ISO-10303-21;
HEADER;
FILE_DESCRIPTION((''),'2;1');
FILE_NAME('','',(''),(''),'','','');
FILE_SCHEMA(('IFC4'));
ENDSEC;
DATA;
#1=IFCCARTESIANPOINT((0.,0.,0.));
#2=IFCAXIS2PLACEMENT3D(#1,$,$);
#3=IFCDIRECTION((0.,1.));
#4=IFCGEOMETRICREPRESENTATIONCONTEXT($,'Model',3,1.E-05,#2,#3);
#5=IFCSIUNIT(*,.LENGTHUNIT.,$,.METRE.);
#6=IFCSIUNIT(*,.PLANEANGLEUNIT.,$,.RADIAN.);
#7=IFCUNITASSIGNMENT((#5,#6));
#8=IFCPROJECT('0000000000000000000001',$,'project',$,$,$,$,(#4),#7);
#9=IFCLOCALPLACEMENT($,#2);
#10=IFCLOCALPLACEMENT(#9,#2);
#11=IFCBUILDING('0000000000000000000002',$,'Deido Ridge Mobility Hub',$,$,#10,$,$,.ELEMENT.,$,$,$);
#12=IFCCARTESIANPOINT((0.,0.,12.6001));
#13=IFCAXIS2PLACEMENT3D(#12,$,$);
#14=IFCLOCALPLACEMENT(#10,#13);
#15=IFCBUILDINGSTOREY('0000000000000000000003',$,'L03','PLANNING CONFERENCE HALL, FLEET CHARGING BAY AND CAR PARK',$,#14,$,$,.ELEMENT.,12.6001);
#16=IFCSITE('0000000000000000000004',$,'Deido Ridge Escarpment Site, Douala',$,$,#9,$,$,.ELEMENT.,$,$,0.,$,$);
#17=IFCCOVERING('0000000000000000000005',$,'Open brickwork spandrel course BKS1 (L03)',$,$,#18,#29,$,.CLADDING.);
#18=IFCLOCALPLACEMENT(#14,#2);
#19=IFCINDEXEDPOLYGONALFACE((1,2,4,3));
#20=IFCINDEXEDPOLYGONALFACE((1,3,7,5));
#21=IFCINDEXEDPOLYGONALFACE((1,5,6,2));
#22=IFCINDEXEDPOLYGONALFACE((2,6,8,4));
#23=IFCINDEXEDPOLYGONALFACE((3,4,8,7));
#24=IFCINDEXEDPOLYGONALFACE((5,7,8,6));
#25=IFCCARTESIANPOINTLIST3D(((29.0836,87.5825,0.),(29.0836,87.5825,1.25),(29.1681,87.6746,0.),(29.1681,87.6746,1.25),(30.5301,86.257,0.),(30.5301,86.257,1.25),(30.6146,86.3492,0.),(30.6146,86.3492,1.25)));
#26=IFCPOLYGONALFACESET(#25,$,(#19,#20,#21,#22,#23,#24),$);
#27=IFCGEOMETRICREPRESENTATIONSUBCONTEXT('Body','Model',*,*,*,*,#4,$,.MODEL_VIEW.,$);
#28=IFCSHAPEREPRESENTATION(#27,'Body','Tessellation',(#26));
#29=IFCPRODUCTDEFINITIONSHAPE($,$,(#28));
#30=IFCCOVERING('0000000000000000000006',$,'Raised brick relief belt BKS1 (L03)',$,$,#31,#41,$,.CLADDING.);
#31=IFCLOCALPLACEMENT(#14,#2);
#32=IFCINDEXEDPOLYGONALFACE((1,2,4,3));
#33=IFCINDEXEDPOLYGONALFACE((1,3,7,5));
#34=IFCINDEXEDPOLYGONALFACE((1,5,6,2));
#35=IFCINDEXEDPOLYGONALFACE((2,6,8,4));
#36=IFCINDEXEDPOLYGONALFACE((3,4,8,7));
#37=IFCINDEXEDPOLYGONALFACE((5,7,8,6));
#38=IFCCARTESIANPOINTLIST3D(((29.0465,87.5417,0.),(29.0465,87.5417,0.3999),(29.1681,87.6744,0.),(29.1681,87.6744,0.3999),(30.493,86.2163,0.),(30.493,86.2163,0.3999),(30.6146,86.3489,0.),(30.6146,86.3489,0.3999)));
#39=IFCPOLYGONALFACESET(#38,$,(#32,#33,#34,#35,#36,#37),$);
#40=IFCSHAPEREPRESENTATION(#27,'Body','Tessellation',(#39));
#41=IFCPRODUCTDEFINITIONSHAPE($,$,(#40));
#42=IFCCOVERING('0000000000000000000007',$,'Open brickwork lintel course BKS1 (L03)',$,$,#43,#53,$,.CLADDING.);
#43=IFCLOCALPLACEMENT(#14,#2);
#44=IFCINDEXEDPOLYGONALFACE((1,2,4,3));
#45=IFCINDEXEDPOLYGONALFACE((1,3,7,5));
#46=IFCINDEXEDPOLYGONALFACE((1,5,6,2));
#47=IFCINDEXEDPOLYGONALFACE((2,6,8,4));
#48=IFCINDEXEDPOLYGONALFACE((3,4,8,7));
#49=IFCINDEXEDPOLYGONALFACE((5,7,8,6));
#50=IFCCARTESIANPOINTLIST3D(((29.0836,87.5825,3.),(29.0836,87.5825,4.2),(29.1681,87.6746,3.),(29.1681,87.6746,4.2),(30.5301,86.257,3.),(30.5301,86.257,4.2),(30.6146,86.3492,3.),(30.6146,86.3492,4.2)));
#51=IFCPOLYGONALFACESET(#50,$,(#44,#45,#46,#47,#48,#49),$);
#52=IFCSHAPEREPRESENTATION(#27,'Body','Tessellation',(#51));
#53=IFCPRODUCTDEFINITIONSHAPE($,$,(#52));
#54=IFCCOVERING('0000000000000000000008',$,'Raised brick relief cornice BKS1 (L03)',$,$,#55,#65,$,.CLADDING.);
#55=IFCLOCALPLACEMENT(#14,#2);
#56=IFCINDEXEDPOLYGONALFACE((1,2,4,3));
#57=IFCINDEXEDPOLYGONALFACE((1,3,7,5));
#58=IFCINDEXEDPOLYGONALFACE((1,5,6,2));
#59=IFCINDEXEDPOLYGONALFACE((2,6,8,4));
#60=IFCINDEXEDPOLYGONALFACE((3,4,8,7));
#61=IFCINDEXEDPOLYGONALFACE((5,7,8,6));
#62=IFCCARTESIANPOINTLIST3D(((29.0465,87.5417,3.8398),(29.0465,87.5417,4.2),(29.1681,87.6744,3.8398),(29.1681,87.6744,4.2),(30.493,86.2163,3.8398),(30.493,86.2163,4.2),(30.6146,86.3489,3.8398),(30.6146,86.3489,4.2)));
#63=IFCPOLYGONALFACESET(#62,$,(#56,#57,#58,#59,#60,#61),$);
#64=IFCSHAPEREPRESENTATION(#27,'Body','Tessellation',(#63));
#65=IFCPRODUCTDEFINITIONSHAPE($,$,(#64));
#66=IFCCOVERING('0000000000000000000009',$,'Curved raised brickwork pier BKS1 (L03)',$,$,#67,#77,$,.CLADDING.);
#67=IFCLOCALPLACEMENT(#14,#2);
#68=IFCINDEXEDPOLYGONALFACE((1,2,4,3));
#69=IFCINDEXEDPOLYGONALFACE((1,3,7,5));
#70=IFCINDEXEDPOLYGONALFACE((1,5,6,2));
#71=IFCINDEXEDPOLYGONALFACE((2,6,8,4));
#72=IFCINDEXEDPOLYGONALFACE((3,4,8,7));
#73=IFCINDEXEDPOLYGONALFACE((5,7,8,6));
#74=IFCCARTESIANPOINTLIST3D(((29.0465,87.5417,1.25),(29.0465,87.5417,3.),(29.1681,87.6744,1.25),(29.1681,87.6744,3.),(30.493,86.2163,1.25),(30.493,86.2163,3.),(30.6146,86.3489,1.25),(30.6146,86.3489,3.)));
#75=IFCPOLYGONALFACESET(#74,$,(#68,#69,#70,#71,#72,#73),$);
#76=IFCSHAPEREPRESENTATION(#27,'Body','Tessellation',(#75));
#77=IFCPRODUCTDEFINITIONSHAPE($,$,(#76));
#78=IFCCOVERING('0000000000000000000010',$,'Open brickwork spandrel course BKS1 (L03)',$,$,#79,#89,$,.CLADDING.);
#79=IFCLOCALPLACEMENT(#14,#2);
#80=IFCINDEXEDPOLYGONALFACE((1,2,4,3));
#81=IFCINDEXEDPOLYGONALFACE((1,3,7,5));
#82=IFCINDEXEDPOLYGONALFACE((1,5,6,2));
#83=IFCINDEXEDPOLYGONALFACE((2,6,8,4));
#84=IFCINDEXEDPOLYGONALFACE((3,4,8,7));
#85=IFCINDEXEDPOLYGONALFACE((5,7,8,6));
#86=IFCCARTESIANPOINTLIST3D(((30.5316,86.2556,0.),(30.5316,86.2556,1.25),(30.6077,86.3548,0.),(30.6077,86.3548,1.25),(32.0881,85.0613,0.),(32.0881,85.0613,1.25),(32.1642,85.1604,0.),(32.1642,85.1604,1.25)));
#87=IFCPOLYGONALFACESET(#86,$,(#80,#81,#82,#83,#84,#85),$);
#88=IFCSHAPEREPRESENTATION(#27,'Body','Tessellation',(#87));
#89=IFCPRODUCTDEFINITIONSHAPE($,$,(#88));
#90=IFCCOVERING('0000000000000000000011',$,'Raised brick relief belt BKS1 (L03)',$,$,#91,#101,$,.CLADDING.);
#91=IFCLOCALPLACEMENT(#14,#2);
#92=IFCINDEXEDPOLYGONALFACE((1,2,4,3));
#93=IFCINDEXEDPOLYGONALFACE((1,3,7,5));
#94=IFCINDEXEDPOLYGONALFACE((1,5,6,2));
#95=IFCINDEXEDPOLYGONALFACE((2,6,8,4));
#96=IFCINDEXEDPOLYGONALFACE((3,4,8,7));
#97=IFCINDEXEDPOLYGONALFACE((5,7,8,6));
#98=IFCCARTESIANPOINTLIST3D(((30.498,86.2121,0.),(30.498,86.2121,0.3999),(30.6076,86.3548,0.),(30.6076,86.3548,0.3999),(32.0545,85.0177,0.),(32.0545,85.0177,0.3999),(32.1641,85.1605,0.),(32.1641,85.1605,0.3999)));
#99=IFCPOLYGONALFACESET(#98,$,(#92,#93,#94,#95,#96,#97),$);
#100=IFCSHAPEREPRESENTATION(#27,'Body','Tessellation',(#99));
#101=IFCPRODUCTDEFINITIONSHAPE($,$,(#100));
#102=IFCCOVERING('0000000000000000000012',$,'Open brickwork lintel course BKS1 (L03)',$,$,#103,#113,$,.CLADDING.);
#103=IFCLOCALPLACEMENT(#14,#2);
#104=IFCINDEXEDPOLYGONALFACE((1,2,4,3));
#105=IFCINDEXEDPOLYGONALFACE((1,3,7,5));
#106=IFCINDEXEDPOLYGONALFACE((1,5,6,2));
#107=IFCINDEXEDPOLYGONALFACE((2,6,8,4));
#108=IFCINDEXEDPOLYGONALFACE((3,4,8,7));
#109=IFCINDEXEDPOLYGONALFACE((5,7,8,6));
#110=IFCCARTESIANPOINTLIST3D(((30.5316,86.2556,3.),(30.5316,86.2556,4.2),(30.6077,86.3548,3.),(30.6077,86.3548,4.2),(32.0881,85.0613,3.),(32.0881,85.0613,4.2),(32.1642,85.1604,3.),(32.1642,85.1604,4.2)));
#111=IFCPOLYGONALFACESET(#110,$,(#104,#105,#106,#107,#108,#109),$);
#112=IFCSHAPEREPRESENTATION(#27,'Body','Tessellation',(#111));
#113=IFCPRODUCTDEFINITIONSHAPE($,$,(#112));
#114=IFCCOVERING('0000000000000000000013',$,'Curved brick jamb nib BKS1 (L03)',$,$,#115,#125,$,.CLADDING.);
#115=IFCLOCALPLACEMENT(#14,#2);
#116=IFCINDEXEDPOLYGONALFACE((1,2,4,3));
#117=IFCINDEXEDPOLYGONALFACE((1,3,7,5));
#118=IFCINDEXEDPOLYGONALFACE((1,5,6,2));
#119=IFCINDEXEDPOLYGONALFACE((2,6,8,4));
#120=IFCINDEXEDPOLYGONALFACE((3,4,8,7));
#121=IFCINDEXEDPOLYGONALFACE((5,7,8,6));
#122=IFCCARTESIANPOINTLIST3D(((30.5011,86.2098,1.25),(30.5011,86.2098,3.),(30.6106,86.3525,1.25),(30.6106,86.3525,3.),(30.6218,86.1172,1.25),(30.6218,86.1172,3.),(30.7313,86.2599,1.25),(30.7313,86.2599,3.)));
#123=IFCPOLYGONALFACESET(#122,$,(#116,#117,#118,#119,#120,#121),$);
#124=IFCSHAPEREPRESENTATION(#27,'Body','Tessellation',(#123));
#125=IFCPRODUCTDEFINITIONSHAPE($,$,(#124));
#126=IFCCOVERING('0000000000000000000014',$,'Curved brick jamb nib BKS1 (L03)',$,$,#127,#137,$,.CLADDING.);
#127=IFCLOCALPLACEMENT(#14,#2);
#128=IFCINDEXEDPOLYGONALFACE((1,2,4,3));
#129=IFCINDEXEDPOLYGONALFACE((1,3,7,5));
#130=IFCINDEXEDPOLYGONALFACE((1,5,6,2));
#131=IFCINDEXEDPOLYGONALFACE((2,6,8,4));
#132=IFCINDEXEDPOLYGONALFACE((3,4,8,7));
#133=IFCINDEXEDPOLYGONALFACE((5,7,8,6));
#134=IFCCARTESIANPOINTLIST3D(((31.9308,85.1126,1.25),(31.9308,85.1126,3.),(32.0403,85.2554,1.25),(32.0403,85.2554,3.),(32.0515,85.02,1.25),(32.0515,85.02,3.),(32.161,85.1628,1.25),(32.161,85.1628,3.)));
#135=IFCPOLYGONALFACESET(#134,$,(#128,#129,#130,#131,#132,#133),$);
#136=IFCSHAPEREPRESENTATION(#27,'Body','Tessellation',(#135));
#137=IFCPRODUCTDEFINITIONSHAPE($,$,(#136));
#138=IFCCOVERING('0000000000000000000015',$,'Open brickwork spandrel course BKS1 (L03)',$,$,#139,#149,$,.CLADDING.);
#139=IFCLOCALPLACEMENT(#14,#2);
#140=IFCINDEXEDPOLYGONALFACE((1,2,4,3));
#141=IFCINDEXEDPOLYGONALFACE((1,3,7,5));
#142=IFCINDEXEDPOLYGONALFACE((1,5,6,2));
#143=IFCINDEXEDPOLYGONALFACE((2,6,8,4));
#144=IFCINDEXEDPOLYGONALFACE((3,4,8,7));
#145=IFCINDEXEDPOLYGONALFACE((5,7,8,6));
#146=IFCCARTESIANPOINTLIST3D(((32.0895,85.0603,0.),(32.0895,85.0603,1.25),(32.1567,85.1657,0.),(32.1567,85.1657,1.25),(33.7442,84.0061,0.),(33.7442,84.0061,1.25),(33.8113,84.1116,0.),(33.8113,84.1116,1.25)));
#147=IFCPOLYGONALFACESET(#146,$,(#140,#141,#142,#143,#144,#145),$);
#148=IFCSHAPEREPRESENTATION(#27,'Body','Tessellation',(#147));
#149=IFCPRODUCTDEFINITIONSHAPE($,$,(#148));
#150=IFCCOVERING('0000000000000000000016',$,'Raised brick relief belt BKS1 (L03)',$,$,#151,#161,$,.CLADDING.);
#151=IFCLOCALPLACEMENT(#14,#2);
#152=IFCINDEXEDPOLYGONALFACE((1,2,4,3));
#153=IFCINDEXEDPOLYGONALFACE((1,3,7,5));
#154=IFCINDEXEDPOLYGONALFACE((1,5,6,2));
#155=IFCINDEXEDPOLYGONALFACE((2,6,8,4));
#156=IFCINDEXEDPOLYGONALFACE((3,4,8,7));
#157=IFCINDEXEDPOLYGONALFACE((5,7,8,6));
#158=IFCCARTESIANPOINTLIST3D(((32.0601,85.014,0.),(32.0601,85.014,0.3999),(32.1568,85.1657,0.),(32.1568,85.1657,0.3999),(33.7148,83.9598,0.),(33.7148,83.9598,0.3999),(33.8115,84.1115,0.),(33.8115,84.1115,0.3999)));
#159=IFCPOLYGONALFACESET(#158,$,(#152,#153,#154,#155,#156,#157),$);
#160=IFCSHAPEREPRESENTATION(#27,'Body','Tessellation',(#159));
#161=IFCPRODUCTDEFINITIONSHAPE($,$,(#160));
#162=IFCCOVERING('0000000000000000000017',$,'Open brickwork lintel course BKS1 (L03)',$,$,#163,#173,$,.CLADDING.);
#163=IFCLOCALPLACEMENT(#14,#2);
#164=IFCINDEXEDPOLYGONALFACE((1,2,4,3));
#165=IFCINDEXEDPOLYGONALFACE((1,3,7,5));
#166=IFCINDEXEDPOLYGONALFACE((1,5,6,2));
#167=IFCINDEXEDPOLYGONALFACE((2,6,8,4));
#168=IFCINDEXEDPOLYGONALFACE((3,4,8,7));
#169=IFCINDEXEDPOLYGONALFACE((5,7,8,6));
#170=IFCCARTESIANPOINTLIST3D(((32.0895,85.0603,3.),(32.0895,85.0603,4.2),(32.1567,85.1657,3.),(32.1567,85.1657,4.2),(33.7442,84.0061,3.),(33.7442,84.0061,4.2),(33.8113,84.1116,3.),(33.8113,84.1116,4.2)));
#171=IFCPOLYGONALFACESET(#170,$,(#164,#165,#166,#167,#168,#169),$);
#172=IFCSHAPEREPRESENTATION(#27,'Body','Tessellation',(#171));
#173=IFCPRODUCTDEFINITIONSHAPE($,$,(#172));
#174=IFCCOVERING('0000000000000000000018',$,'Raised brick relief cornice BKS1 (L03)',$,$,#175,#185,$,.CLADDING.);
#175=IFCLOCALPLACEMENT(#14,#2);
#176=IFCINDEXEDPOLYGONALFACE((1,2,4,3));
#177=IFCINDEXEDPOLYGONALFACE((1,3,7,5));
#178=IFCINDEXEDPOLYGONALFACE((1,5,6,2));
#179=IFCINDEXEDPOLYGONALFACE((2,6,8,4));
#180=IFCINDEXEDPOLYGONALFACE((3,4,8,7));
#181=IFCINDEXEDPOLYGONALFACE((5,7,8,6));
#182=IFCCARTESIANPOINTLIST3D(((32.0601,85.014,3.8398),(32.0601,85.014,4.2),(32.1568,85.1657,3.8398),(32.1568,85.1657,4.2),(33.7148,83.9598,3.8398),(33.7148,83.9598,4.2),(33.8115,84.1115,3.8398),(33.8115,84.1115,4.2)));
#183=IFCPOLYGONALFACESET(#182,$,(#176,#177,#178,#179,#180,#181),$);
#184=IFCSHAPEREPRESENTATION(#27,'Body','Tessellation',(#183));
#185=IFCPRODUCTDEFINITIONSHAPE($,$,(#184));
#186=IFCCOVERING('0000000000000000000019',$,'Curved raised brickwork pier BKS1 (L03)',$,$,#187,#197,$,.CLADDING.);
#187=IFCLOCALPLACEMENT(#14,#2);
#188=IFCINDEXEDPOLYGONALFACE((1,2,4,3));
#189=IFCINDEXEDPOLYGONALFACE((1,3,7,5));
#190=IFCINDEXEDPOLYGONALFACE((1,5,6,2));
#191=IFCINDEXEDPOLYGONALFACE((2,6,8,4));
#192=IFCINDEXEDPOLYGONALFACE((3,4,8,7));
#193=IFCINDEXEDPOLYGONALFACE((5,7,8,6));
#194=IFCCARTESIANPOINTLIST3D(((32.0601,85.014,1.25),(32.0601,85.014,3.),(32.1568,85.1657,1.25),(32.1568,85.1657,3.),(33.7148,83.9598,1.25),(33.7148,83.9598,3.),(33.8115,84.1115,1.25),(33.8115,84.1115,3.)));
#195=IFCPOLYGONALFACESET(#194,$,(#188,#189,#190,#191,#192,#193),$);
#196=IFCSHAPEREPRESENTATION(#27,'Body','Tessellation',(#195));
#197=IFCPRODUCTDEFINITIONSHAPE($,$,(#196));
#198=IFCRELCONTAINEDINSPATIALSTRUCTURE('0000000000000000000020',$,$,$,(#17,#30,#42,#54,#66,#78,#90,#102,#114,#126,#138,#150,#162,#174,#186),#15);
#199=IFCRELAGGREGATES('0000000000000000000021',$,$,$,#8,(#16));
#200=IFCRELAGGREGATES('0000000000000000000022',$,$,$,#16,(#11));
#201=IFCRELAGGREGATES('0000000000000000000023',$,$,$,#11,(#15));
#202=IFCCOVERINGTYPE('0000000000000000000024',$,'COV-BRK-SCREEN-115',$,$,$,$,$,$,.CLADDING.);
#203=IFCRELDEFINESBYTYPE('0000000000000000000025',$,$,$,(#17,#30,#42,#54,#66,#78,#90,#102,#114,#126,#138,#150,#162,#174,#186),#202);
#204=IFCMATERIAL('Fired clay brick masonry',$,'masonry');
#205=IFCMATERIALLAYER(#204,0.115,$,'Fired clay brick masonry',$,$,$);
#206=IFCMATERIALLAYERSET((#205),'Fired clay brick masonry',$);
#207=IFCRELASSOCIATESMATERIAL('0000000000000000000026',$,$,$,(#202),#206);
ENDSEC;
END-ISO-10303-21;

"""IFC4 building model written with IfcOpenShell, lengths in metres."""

from ifc_helpers import new_model, si_unit, direction, frame, origin, origin_2d, place, context, subcontext, project, spatial, rectangle, extrude, material, layer, layer_set, type_object, element, save


model = new_model("IFC4")

# Units and contexts
model_context = context("Model", 3, precision=1e-05, world=origin(), true_north=direction((0.0, 1.0)))
body_context = subcontext(model_context, "Body", "Model", "MODEL_VIEW")
ifc_project = project(units=[si_unit("LENGTHUNIT", "METRE"), si_unit("PLANEANGLEUNIT", "RADIAN")], contexts=[model_context])

# Site, building, storey
site_placement = place(None, origin())
site = spatial("IfcSite", under=ifc_project, at=site_placement, Name="Deido Ridge Escarpment Site, Douala", CompositionType="ELEMENT", RefElevation=0.0)
building_placement = place(site_placement, origin())
building = spatial("IfcBuilding", under=site, at=building_placement, Name="Deido Ridge Mobility Hub", CompositionType="ELEMENT")
storey_placement = place(building_placement, frame((0.0, 0.0, 12.6001)))
storey = spatial("IfcBuildingStorey", under=building, at=storey_placement, Name="L03", Description="PLANNING CONFERENCE HALL, FLEET CHARGING BAY AND CAR PARK", CompositionType="ELEMENT", Elevation=12.6001)

# Coverings
ifc_material_1 = material(Name="Fired clay brick masonry", Category="masonry")
ifc_layer_1 = layer(ifc_material_1, 0.115, Name="Fired clay brick masonry")
ifc_layer_set_1 = layer_set([ifc_layer_1], Name="Fired clay brick masonry")
covering_type = type_object("IfcCoveringType", Name="COV-BRK-SCREEN-115", PredefinedType="CLADDING", material=ifc_layer_set_1)
covering_1_placement = place(storey_placement, frame((29.8491, 86.9658, 0.0), z_axis=(0.0, 0.0, 1.0), x_axis=(0.737289, -0.675577, 0.0)))
element("IfcCovering", 1, at=covering_1_placement, inside=storey, type_object=covering_type, Name="Open brickwork spandrel course BKS1 (L03)", PredefinedType="CLADDING", context=body_context, shape_type="SweptSolid", body=[
    extrude(rectangle(XDim=1.9619, YDim=0.125, at=origin_2d()), origin(), (0.0, 0.0, 1.0), 1.25),
])
covering_2_placement = place(storey_placement, frame((29.8306, 86.9453, 0.0), z_axis=(0.0, 0.0, 1.0), x_axis=(0.737289, -0.675577, 0.0)))
element("IfcCovering", 2, at=covering_2_placement, inside=storey, type_object=covering_type, Name="Raised brick relief belt BKS1 (L03)", PredefinedType="CLADDING", context=body_context, shape_type="SweptSolid", body=[
    extrude(rectangle(XDim=1.9619, YDim=0.1799, at=origin_2d()), origin(), (0.0, 0.0, 1.0), 0.3999),
])
covering_3_placement = place(storey_placement, frame((29.8491, 86.9658, 3.0), z_axis=(0.0, 0.0, 1.0), x_axis=(0.737289, -0.675577, 0.0)))
element("IfcCovering", 3, at=covering_3_placement, inside=storey, type_object=covering_type, Name="Open brickwork lintel course BKS1 (L03)", PredefinedType="CLADDING", context=body_context, shape_type="SweptSolid", body=[
    extrude(rectangle(XDim=1.9619, YDim=0.125, at=origin_2d()), origin(), (0.0, 0.0, 1.0), 1.2),
])
covering_4_placement = place(storey_placement, frame((29.8306, 86.9453, 3.8398), z_axis=(0.0, 0.0, 1.0), x_axis=(0.737289, -0.675577, 0.0)))
element("IfcCovering", 4, at=covering_4_placement, inside=storey, type_object=covering_type, Name="Raised brick relief cornice BKS1 (L03)", PredefinedType="CLADDING", context=body_context, shape_type="SweptSolid", body=[
    extrude(rectangle(XDim=1.9619, YDim=0.1799, at=origin_2d()), origin(), (0.0, 0.0, 1.0), 0.3601),
])
covering_5_placement = place(storey_placement, frame((29.8306, 86.9453, 1.25), z_axis=(0.0, 0.0, 1.0), x_axis=(0.737289, -0.675577, 0.0)))
element("IfcCovering", 5, at=covering_5_placement, inside=storey, type_object=covering_type, Name="Curved raised brickwork pier BKS1 (L03)", PredefinedType="CLADDING", context=body_context, shape_type="SweptSolid", body=[
    extrude(rectangle(XDim=1.9619, YDim=0.1799, at=origin_2d()), origin(), (0.0, 0.0, 1.0), 1.75),
])
covering_6_placement = place(storey_placement, frame((31.3479, 85.708, 0.0), z_axis=(0.0, 0.0, 1.0), x_axis=(0.793353, -0.608761, 0.0)))
element("IfcCovering", 6, at=covering_6_placement, inside=storey, type_object=covering_type, Name="Open brickwork spandrel course BKS1 (L03)", PredefinedType="CLADDING", context=body_context, shape_type="SweptSolid", body=[
    extrude(rectangle(XDim=1.9619, YDim=0.125, at=origin_2d()), origin(), (0.0, 0.0, 1.0), 1.25),
])
covering_7_placement = place(storey_placement, frame((31.3311, 85.6863, 0.0), z_axis=(0.0, 0.0, 1.0), x_axis=(0.793353, -0.608761, 0.0)))
element("IfcCovering", 7, at=covering_7_placement, inside=storey, type_object=covering_type, Name="Raised brick relief belt BKS1 (L03)", PredefinedType="CLADDING", context=body_context, shape_type="SweptSolid", body=[
    extrude(rectangle(XDim=1.9619, YDim=0.1799, at=origin_2d()), origin(), (0.0, 0.0, 1.0), 0.3999),
])
covering_8_placement = place(storey_placement, frame((31.3479, 85.708, 3.0), z_axis=(0.0, 0.0, 1.0), x_axis=(0.793353, -0.608761, 0.0)))
element("IfcCovering", 8, at=covering_8_placement, inside=storey, type_object=covering_type, Name="Open brickwork lintel course BKS1 (L03)", PredefinedType="CLADDING", context=body_context, shape_type="SweptSolid", body=[
    extrude(rectangle(XDim=1.9619, YDim=0.125, at=origin_2d()), origin(), (0.0, 0.0, 1.0), 1.2),
])
for number, where, z_axis, x_axis, name in (
    (9, (30.6162, 86.2349, 1.25), (0.0, 0.0, 1.0), (0.793353, -0.608761, 0.0), "Curved brick jamb nib BKS1 (L03)"),
    (10, (32.0459, 85.1377, 1.25), (0.0, 0.0, 1.0), (0.793353, -0.608761, 0.0), "Curved brick jamb nib BKS1 (L03)"),
):
    element("IfcCovering", number, at=place(storey_placement, frame(where, z_axis=z_axis, x_axis=x_axis)), inside=storey, type_object=covering_type, Name=name, PredefinedType="CLADDING", context=body_context, shape_type="SweptSolid", body=[
        extrude(rectangle(XDim=0.1521, YDim=0.1799, at=origin_2d()), origin(), (0.0, 0.0, 1.0), 1.75),
    ])
covering_9_placement = place(storey_placement, frame((32.9504, 84.5859, 0.0), z_axis=(0.0, 0.0, 1.0), x_axis=(0.843382, -0.537314, 0.0)))
element("IfcCovering", 11, at=covering_9_placement, inside=storey, type_object=covering_type, Name="Open brickwork spandrel course BKS1 (L03)", PredefinedType="CLADDING", context=body_context, shape_type="SweptSolid", body=[
    extrude(rectangle(XDim=1.9619, YDim=0.125, at=origin_2d()), origin(), (0.0, 0.0, 1.0), 1.25),
])
covering_10_placement = place(storey_placement, frame((32.9358, 84.5627, 0.0), z_axis=(0.0, 0.0, 1.0), x_axis=(0.843382, -0.537314, 0.0)))
element("IfcCovering", 12, at=covering_10_placement, inside=storey, type_object=covering_type, Name="Raised brick relief belt BKS1 (L03)", PredefinedType="CLADDING", context=body_context, shape_type="SweptSolid", body=[
    extrude(rectangle(XDim=1.9619, YDim=0.1799, at=origin_2d()), origin(), (0.0, 0.0, 1.0), 0.3999),
])
covering_11_placement = place(storey_placement, frame((32.9504, 84.5859, 3.0), z_axis=(0.0, 0.0, 1.0), x_axis=(0.843382, -0.537314, 0.0)))
element("IfcCovering", 13, at=covering_11_placement, inside=storey, type_object=covering_type, Name="Open brickwork lintel course BKS1 (L03)", PredefinedType="CLADDING", context=body_context, shape_type="SweptSolid", body=[
    extrude(rectangle(XDim=1.9619, YDim=0.125, at=origin_2d()), origin(), (0.0, 0.0, 1.0), 1.2),
])
covering_12_placement = place(storey_placement, frame((32.9358, 84.5627, 3.8398), z_axis=(0.0, 0.0, 1.0), x_axis=(0.843382, -0.537314, 0.0)))
element("IfcCovering", 14, at=covering_12_placement, inside=storey, type_object=covering_type, Name="Raised brick relief cornice BKS1 (L03)", PredefinedType="CLADDING", context=body_context, shape_type="SweptSolid", body=[
    extrude(rectangle(XDim=1.9619, YDim=0.1799, at=origin_2d()), origin(), (0.0, 0.0, 1.0), 0.3601),
])
covering_13_placement = place(storey_placement, frame((32.9358, 84.5627, 1.25), z_axis=(0.0, 0.0, 1.0), x_axis=(0.843382, -0.537314, 0.0)))
element("IfcCovering", 15, at=covering_13_placement, inside=storey, type_object=covering_type, Name="Curved raised brickwork pier BKS1 (L03)", PredefinedType="CLADDING", context=body_context, shape_type="SweptSolid", body=[
    extrude(rectangle(XDim=1.9619, YDim=0.1799, at=origin_2d()), origin(), (0.0, 0.0, 1.0), 1.75),
])

save(model, "model.ifc")
